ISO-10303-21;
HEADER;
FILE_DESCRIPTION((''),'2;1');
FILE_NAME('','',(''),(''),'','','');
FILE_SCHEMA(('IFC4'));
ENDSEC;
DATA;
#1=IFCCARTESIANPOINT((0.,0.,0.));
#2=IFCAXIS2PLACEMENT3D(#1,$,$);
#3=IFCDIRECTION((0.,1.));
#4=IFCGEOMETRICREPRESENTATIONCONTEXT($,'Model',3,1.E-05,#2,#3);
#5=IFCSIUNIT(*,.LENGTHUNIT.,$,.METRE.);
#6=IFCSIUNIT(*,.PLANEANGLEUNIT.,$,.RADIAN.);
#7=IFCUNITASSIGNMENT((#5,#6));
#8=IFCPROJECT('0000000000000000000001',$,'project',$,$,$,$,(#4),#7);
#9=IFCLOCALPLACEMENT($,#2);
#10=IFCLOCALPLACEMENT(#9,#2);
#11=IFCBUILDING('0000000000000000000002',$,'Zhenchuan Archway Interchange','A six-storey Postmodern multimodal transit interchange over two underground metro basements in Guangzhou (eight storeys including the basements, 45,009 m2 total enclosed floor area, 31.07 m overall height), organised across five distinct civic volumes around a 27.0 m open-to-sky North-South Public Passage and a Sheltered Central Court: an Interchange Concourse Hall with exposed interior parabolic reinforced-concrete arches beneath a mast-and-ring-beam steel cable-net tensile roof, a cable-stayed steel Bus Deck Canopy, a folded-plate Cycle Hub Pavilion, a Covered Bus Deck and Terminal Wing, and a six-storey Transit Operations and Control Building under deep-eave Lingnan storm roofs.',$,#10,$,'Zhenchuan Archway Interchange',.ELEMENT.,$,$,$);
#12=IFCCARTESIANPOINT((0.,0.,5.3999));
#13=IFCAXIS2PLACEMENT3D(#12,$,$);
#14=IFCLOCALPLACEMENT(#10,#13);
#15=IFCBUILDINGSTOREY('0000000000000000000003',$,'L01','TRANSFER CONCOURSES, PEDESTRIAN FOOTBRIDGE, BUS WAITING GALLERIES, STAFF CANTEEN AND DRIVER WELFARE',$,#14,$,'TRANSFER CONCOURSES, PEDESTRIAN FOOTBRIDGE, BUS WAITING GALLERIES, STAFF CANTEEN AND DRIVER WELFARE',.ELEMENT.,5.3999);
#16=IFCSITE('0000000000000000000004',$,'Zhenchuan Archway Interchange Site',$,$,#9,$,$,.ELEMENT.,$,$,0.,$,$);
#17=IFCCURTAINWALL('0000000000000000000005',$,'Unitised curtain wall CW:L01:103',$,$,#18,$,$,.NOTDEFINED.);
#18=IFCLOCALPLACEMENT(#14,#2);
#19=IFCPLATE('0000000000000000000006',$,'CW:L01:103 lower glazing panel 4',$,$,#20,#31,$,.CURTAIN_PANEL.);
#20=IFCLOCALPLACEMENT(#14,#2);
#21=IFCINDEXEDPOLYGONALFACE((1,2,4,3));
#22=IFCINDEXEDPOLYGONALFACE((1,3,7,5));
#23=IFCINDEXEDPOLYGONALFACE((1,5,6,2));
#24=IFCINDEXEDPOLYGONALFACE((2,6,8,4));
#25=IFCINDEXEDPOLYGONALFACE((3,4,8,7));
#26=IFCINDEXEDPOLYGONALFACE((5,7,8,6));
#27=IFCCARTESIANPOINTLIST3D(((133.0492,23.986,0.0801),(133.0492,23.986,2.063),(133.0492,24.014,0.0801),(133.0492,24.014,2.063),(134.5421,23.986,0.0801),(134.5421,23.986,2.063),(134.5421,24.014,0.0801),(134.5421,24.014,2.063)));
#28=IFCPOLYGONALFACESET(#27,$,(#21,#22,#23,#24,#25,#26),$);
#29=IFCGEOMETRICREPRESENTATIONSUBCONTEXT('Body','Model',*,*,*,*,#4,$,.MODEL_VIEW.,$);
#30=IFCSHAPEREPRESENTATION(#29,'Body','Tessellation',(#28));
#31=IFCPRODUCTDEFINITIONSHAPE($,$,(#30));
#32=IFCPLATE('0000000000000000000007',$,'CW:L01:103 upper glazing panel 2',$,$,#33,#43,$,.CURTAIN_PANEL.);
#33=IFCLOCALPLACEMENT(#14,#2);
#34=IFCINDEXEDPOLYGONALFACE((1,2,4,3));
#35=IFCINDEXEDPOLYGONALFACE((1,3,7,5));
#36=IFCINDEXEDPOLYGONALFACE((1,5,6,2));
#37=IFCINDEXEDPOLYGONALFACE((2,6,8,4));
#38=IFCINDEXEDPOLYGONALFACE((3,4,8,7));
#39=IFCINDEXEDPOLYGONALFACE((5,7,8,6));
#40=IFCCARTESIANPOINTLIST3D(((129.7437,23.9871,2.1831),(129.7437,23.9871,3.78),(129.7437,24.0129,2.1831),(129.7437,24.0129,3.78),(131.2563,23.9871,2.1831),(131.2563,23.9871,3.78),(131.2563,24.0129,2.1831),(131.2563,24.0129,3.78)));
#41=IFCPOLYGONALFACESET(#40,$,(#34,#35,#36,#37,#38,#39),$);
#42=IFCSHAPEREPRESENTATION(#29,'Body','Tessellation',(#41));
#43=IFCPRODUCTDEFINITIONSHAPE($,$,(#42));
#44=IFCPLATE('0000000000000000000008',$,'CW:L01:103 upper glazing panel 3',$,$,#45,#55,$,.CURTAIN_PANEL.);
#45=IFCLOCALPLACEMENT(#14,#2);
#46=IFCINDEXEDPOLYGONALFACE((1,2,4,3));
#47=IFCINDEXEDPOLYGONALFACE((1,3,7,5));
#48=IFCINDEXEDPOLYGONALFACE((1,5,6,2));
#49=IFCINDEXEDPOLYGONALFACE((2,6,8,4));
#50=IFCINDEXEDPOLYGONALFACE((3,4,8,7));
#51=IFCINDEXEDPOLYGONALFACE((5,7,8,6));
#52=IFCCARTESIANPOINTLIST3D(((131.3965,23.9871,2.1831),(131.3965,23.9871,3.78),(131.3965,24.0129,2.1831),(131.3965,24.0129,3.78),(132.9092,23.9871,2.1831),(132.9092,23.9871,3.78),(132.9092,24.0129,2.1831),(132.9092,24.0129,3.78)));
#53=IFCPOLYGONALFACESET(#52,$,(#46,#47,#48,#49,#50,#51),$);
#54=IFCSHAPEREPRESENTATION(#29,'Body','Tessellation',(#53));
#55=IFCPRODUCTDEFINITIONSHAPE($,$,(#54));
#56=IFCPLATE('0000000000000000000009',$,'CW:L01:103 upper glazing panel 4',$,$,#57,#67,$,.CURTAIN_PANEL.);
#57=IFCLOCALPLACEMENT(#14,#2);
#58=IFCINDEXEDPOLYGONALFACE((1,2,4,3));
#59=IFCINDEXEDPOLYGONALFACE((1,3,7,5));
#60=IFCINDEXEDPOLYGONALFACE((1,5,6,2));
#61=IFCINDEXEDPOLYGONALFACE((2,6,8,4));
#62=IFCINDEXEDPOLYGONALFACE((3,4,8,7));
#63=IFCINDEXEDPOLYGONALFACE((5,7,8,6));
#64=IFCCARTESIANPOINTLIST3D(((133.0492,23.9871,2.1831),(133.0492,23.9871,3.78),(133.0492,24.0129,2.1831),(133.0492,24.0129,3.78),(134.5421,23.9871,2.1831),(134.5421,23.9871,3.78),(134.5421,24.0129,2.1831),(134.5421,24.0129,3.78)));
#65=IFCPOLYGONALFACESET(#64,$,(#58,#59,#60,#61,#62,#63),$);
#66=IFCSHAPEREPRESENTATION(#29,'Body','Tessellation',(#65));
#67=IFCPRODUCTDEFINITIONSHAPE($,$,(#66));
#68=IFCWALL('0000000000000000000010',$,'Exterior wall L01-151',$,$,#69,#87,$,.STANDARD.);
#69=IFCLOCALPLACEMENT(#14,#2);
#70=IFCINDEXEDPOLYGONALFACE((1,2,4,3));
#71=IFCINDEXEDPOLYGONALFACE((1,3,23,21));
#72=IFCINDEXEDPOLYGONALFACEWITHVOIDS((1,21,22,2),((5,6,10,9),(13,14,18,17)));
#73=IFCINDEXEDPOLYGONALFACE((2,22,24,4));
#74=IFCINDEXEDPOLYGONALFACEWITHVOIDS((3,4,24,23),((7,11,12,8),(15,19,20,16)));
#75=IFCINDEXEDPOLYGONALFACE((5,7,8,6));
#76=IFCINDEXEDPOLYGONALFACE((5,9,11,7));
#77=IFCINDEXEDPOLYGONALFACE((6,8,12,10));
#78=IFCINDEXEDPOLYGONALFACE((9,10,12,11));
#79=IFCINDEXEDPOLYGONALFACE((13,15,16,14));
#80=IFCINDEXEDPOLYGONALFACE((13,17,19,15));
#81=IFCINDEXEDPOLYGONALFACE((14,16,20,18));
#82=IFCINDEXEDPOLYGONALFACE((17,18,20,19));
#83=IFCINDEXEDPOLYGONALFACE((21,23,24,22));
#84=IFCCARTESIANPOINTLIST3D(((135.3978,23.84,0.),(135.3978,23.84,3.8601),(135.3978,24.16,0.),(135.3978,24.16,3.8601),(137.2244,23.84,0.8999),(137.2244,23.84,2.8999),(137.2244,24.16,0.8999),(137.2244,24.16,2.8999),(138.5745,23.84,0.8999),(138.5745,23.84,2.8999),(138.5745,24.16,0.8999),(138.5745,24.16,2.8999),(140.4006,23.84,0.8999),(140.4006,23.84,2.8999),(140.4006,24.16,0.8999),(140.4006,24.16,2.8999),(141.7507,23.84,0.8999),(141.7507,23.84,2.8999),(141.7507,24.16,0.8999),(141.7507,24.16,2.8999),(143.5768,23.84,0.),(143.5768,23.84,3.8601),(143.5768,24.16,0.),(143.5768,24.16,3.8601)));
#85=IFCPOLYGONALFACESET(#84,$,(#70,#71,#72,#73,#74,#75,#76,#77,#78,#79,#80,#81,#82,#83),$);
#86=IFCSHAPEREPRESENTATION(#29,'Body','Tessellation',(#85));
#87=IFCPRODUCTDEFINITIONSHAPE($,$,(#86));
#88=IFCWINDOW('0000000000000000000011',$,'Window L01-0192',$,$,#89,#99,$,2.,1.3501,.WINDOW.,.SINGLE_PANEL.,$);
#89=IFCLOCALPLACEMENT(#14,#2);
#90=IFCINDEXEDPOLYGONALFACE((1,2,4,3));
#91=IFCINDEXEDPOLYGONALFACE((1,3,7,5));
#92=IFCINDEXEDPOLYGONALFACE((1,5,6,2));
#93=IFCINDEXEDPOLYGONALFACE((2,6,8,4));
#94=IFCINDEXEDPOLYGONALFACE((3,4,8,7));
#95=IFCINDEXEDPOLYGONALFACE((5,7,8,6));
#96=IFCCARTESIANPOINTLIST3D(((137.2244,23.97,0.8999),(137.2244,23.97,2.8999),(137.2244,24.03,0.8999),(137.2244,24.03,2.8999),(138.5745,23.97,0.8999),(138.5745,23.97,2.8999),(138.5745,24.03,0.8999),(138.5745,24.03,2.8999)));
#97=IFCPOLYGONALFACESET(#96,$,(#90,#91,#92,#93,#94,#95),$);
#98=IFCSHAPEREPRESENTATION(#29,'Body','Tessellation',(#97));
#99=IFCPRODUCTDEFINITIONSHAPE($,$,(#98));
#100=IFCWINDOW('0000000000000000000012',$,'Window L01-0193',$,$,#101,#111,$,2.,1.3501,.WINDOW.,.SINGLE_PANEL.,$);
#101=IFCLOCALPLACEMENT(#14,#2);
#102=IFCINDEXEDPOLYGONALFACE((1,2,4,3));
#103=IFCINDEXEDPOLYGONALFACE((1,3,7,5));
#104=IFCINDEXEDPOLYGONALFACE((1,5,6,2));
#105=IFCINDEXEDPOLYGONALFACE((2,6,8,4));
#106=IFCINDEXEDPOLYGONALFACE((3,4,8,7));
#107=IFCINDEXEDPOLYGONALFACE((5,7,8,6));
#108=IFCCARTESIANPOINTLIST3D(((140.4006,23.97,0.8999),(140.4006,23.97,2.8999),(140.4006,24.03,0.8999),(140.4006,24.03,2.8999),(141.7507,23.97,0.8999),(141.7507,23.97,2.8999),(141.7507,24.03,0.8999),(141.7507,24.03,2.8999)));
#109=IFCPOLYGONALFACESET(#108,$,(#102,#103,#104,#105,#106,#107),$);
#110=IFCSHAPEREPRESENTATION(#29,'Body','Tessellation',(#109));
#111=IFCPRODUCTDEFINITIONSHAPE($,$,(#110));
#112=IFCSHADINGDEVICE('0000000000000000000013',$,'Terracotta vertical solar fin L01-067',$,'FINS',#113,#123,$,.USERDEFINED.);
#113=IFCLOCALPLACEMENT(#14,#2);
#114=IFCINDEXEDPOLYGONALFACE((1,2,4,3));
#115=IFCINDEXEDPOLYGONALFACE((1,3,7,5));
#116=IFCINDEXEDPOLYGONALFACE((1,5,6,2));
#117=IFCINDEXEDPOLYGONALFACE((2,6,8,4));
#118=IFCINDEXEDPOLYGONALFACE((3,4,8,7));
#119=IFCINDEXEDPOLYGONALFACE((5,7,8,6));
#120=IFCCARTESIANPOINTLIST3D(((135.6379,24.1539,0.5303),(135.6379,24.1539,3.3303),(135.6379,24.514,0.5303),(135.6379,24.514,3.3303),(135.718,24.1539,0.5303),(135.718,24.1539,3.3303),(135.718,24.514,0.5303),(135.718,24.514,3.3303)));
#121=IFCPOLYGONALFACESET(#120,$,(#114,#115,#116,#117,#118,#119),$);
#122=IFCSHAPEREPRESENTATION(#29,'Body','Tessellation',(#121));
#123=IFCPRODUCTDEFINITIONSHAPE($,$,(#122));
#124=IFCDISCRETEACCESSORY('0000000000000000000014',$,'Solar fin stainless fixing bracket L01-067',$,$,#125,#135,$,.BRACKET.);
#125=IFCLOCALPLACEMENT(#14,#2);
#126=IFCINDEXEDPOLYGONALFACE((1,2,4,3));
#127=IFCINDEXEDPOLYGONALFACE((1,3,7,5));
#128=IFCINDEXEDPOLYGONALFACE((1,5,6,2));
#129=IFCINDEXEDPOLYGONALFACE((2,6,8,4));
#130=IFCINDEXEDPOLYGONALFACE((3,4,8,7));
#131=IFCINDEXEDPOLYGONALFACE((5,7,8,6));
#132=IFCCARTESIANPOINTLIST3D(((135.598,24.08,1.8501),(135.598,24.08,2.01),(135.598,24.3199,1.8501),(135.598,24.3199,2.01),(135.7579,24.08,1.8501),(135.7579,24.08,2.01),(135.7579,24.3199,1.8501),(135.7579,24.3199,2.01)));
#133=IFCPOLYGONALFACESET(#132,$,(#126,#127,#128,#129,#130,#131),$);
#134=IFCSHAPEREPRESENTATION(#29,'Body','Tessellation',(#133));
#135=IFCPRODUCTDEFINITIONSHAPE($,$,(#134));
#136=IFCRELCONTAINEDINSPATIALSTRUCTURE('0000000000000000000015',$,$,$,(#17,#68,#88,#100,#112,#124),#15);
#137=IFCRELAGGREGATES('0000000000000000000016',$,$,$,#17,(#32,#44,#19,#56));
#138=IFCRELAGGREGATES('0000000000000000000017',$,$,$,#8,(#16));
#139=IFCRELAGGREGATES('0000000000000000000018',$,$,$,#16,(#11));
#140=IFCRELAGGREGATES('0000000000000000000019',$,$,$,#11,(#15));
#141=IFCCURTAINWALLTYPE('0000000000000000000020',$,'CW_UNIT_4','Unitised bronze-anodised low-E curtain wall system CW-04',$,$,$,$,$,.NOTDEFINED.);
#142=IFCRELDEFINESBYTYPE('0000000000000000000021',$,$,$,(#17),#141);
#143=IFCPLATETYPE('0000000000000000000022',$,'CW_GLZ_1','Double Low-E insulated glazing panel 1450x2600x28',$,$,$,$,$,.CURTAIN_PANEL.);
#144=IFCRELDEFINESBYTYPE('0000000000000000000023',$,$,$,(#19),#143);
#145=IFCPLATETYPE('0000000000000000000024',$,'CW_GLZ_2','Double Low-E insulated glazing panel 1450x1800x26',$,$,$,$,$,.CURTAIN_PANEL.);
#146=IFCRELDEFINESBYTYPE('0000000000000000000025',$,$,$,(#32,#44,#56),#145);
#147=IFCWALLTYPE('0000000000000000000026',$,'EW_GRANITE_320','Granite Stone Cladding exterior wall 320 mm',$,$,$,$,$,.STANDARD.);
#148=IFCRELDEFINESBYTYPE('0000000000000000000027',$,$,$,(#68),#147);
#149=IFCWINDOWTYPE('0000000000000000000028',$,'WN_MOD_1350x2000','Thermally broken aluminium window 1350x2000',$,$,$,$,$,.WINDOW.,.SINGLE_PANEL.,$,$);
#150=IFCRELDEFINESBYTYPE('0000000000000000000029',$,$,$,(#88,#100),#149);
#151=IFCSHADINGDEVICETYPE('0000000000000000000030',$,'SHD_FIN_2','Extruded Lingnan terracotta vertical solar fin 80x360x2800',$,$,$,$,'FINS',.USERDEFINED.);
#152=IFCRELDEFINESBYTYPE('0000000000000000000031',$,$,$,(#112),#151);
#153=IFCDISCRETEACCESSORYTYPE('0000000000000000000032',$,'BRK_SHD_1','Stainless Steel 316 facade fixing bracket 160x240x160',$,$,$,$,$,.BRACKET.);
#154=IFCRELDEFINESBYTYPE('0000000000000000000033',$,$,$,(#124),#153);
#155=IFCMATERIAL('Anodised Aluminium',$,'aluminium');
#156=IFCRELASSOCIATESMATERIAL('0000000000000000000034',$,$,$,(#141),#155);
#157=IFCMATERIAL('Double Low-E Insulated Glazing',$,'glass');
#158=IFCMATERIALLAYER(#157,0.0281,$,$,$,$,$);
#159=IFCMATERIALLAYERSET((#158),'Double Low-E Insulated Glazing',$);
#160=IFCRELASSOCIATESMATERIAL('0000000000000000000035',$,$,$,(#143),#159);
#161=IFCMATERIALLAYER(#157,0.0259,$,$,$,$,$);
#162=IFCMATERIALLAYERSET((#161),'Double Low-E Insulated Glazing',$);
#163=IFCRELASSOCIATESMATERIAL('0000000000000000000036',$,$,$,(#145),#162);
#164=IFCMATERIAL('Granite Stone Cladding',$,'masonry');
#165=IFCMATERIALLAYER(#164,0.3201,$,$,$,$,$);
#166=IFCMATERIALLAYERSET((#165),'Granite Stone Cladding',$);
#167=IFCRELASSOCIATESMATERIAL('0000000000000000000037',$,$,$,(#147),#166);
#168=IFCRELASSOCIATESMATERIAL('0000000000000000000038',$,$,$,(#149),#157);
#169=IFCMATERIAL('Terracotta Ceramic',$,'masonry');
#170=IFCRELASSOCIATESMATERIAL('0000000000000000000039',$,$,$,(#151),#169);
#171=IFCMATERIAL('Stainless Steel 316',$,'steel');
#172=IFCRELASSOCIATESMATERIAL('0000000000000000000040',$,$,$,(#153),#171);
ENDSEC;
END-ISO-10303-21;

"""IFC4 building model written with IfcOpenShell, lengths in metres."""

from ifc_helpers import new_model, si_unit, direction, frame, frame_2d, origin, origin_2d, place, context, subcontext, project, spatial, rectangle, extrude, material, layer, layer_set, type_object, element, fill, aggregate, save


model = new_model("IFC4")

# Units and contexts
model_context = context("Model", 3, precision=1e-05, world=origin(), true_north=direction((0.0, 1.0)))
body_context = subcontext(model_context, "Body", "Model", "MODEL_VIEW")
ifc_project = project(units=[si_unit("LENGTHUNIT", "METRE"), si_unit("PLANEANGLEUNIT", "RADIAN")], contexts=[model_context])

# Site, building, storey
site_placement = place(None, origin())
site = spatial("IfcSite", under=ifc_project, at=site_placement, Name="Zhenchuan Archway Interchange Site", CompositionType="ELEMENT", RefElevation=0.0)
building_placement = place(site_placement, origin())
building = spatial("IfcBuilding", under=site, at=building_placement, Name="Zhenchuan Archway Interchange", Description="A six-storey Postmodern multimodal transit interchange over two underground metro basements in Guangzhou (eight storeys including the basements, 45,009 m2 total enclosed floor area, 31.07 m overall height), organised across five distinct civic volumes around a 27.0 m open-to-sky North-South Public Passage and a Sheltered Central Court: an Interchange Concourse Hall with exposed interior parabolic reinforced-concrete arches beneath a mast-and-ring-beam steel cable-net tensile roof, a cable-stayed steel Bus Deck Canopy, a folded-plate Cycle Hub Pavilion, a Covered Bus Deck and Terminal Wing, and a six-storey Transit Operations and Control Building under deep-eave Lingnan storm roofs.", LongName="Zhenchuan Archway Interchange", CompositionType="ELEMENT")
storey_placement = place(building_placement, frame((0.0, 0.0, 5.3999)))
storey = spatial("IfcBuildingStorey", under=building, at=storey_placement, Name="L01", Description="TRANSFER CONCOURSES, PEDESTRIAN FOOTBRIDGE, BUS WAITING GALLERIES, STAFF CANTEEN AND DRIVER WELFARE", LongName="TRANSFER CONCOURSES, PEDESTRIAN FOOTBRIDGE, BUS WAITING GALLERIES, STAFF CANTEEN AND DRIVER WELFARE", CompositionType="ELEMENT", Elevation=5.3999)

# Curtain wall
ifc_material_1 = material(Name="Anodised Aluminium", Category="aluminium")
curtain_wall_type_1 = type_object("IfcCurtainWallType", Name="CW_UNIT_4", Description="Unitised bronze-anodised low-E curtain wall system CW-04", PredefinedType="NOTDEFINED", material=ifc_material_1)
curtain_wall_1_placement = place(storey_placement, origin())
curtain_wall_1 = element("IfcCurtainWall", 1, at=curtain_wall_1_placement, inside=storey, type_object=curtain_wall_type_1, Name="Unitised curtain wall CW:L01:103", PredefinedType="NOTDEFINED")

# Plates
ifc_material_2 = material(Name="Double Low-E Insulated Glazing", Category="glass")
ifc_layer_1 = layer(ifc_material_2, 0.0281)
ifc_layer_set_1 = layer_set([ifc_layer_1], Name="Double Low-E Insulated Glazing")
plate_type_1 = type_object("IfcPlateType", Name="CW_GLZ_1", Description="Double Low-E insulated glazing panel 1450x2600x28", PredefinedType="CURTAIN_PANEL", material=ifc_layer_set_1)
plate_1_placement = place(storey_placement, frame((133.7957, 24.0, 0.0801), z_axis=(0.0, 0.0, 1.0), x_axis=(1.0, 0.0, 0.0)))
plate_1 = element("IfcPlate", 2, at=plate_1_placement, type_object=plate_type_1, Name="CW:L01:103 lower glazing panel 4", PredefinedType="CURTAIN_PANEL", context=body_context, shape_type="SweptSolid", body=[
    extrude(rectangle(XDim=1.4929, YDim=0.0281, at=origin_2d()), origin(), (0.0, 0.0, 1.0), 1.9829),
])
ifc_layer_2 = layer(ifc_material_2, 0.0259)
ifc_layer_set_2 = layer_set([ifc_layer_2], Name="Double Low-E Insulated Glazing")
plate_type_2 = type_object("IfcPlateType", Name="CW_GLZ_2", Description="Double Low-E insulated glazing panel 1450x1800x26", PredefinedType="CURTAIN_PANEL", material=ifc_layer_set_2)
plate_2_placement = place(storey_placement, frame((130.5, 24.0, 2.1831), z_axis=(0.0, 0.0, 1.0), x_axis=(1.0, 0.0, 0.0)))
plate_2 = element("IfcPlate", 3, at=plate_2_placement, type_object=plate_type_2, Name="CW:L01:103 upper glazing panel 2", PredefinedType="CURTAIN_PANEL", context=body_context, shape_type="SweptSolid", body=[
    extrude(rectangle(XDim=1.5127, YDim=0.0259, at=origin_2d()), origin(), (0.0, 0.0, 1.0), 1.5969),
])
plate_3_placement = place(storey_placement, frame((132.1528, 24.0, 2.1831), z_axis=(0.0, 0.0, 1.0), x_axis=(1.0, 0.0, 0.0)))
plate_3 = element("IfcPlate", 4, at=plate_3_placement, type_object=plate_type_2, Name="CW:L01:103 upper glazing panel 3", PredefinedType="CURTAIN_PANEL", context=body_context, shape_type="SweptSolid", body=[
    extrude(rectangle(XDim=1.5127, YDim=0.0259, at=origin_2d()), origin(), (0.0, 0.0, 1.0), 1.5969),
])
plate_4_placement = place(storey_placement, frame((133.7957, 24.0, 2.1831), z_axis=(0.0, 0.0, 1.0), x_axis=(1.0, 0.0, 0.0)))
plate_4 = element("IfcPlate", 5, at=plate_4_placement, type_object=plate_type_2, Name="CW:L01:103 upper glazing panel 4", PredefinedType="CURTAIN_PANEL", context=body_context, shape_type="SweptSolid", body=[
    extrude(rectangle(XDim=1.4929, YDim=0.0259, at=origin_2d()), origin(), (0.0, 0.0, 1.0), 1.5969),
])
aggregate(curtain_wall_1, [plate_2, plate_3, plate_1, plate_4])

# Wall, openings, windows
ifc_material_3 = material(Name="Granite Stone Cladding", Category="masonry")
ifc_layer_3 = layer(ifc_material_3, 0.3201)
ifc_layer_set_3 = layer_set([ifc_layer_3], Name="Granite Stone Cladding")
wall_type = type_object("IfcWallType", Name="EW_GRANITE_320", Description="Granite Stone Cladding exterior wall 320 mm", PredefinedType="STANDARD", material=ifc_layer_set_3)
wall_placement = place(storey_placement, frame((135.3979, 24.0, 0.0), z_axis=(0.0, 0.0, 1.0), x_axis=(1.0, 0.0, 0.0)))
wall = element("IfcWall", 6, at=wall_placement, inside=storey, type_object=wall_type, Name="Exterior wall L01-151", PredefinedType="STANDARD", context=body_context, shape_type="SweptSolid", body=[
    extrude(rectangle(XDim=8.179, YDim=0.3201, at=frame_2d((4.0894, 0.0))), origin(), (0.0, 0.0, 1.0), 3.8601),
])
opening_1_placement = place(wall_placement, frame((1.8264, 0.0, 0.8999)))
opening_1 = element("IfcOpeningElement", 7, at=opening_1_placement, cuts=wall, PredefinedType="OPENING", context=body_context, shape_type="SweptSolid", body=[
    extrude(rectangle(XDim=1.3501, YDim=2.0, at=frame_2d((0.675, 1.0))), frame((0.0, 0.1719, 0.0), z_axis=(0.0, -1.0, 0.0), x_axis=(1.0, 0.0, 0.0)), (0.0, 0.0, 1.0), 0.344),
])
opening_2_placement = place(wall_placement, frame((5.0027, 0.0, 0.8999)))
opening_2 = element("IfcOpeningElement", 8, at=opening_2_placement, cuts=wall, PredefinedType="OPENING", context=body_context, shape_type="SweptSolid", body=[
    extrude(rectangle(XDim=1.3501, YDim=2.0, at=frame_2d((0.675, 1.0))), frame((0.0, 0.1719, 0.0), z_axis=(0.0, -1.0, 0.0), x_axis=(1.0, 0.0, 0.0)), (0.0, 0.0, 1.0), 0.344),
])
window_type = type_object("IfcWindowType", Name="WN_MOD_1350x2000", Description="Thermally broken aluminium window 1350x2000", PartitioningType="SINGLE_PANEL", PredefinedType="WINDOW", material=ifc_material_2)
window_1_placement = place(opening_1_placement, origin())
window_1 = element("IfcWindow", 9, at=window_1_placement, inside=storey, type_object=window_type, Name="Window L01-0192", OverallHeight=2.0, OverallWidth=1.3501, PartitioningType="SINGLE_PANEL", PredefinedType="WINDOW", context=body_context, shape_type="SweptSolid", body=[
    extrude(rectangle(XDim=1.3501, YDim=2.0, at=frame_2d((0.675, 1.0))), frame((0.0, 0.03, 0.0), z_axis=(0.0, -1.0, 0.0), x_axis=(1.0, 0.0, 0.0)), (0.0, 0.0, 1.0), 0.0601),
])
fill(opening_1, window_1)
window_2_placement = place(opening_2_placement, origin())
window_2 = element("IfcWindow", 10, at=window_2_placement, inside=storey, type_object=window_type, Name="Window L01-0193", OverallHeight=2.0, OverallWidth=1.3501, PartitioningType="SINGLE_PANEL", PredefinedType="WINDOW", context=body_context, shape_type="SweptSolid", body=[
    extrude(rectangle(XDim=1.3501, YDim=2.0, at=frame_2d((0.675, 1.0))), frame((0.0, 0.03, 0.0), z_axis=(0.0, -1.0, 0.0), x_axis=(1.0, 0.0, 0.0)), (0.0, 0.0, 1.0), 0.0601),
])
fill(opening_2, window_2)

# Shading device
ifc_material_4 = material(Name="Terracotta Ceramic", Category="masonry")
shading_device_type = type_object("IfcShadingDeviceType", Name="SHD_FIN_2", Description="Extruded Lingnan terracotta vertical solar fin 80x360x2800", ElementType="FINS", PredefinedType="USERDEFINED", material=ifc_material_4)
shading_device_placement = place(storey_placement, frame((135.678, 24.334, 0.5303), z_axis=(0.0, 0.0, 1.0), x_axis=(1.0, 0.0, 0.0)))
element("IfcShadingDevice", 11, at=shading_device_placement, inside=storey, type_object=shading_device_type, Name="Terracotta vertical solar fin L01-067", ObjectType="FINS", PredefinedType="USERDEFINED", context=body_context, shape_type="SweptSolid", body=[
    extrude(rectangle(XDim=0.0801, YDim=0.3601, at=origin_2d()), origin(), (0.0, 0.0, 1.0), 2.8),
])

# Discrete accessory
ifc_material_5 = material(Name="Stainless Steel 316", Category="steel")
discrete_accessory_type = type_object("IfcDiscreteAccessoryType", Name="BRK_SHD_1", Description="Stainless Steel 316 facade fixing bracket 160x240x160", PredefinedType="BRACKET", material=ifc_material_5)
discrete_accessory_placement = place(storey_placement, frame((135.678, 24.2, 1.8501), z_axis=(0.0, 0.0, 1.0), x_axis=(1.0, 0.0, 0.0)))
element("IfcDiscreteAccessory", 12, at=discrete_accessory_placement, inside=storey, type_object=discrete_accessory_type, Name="Solar fin stainless fixing bracket L01-067", PredefinedType="BRACKET", context=body_context, shape_type="SweptSolid", body=[
    extrude(rectangle(XDim=0.1599, YDim=0.24, at=origin_2d()), origin(), (0.0, 0.0, 1.0), 0.1599),
])

save(model, "model.ifc")
